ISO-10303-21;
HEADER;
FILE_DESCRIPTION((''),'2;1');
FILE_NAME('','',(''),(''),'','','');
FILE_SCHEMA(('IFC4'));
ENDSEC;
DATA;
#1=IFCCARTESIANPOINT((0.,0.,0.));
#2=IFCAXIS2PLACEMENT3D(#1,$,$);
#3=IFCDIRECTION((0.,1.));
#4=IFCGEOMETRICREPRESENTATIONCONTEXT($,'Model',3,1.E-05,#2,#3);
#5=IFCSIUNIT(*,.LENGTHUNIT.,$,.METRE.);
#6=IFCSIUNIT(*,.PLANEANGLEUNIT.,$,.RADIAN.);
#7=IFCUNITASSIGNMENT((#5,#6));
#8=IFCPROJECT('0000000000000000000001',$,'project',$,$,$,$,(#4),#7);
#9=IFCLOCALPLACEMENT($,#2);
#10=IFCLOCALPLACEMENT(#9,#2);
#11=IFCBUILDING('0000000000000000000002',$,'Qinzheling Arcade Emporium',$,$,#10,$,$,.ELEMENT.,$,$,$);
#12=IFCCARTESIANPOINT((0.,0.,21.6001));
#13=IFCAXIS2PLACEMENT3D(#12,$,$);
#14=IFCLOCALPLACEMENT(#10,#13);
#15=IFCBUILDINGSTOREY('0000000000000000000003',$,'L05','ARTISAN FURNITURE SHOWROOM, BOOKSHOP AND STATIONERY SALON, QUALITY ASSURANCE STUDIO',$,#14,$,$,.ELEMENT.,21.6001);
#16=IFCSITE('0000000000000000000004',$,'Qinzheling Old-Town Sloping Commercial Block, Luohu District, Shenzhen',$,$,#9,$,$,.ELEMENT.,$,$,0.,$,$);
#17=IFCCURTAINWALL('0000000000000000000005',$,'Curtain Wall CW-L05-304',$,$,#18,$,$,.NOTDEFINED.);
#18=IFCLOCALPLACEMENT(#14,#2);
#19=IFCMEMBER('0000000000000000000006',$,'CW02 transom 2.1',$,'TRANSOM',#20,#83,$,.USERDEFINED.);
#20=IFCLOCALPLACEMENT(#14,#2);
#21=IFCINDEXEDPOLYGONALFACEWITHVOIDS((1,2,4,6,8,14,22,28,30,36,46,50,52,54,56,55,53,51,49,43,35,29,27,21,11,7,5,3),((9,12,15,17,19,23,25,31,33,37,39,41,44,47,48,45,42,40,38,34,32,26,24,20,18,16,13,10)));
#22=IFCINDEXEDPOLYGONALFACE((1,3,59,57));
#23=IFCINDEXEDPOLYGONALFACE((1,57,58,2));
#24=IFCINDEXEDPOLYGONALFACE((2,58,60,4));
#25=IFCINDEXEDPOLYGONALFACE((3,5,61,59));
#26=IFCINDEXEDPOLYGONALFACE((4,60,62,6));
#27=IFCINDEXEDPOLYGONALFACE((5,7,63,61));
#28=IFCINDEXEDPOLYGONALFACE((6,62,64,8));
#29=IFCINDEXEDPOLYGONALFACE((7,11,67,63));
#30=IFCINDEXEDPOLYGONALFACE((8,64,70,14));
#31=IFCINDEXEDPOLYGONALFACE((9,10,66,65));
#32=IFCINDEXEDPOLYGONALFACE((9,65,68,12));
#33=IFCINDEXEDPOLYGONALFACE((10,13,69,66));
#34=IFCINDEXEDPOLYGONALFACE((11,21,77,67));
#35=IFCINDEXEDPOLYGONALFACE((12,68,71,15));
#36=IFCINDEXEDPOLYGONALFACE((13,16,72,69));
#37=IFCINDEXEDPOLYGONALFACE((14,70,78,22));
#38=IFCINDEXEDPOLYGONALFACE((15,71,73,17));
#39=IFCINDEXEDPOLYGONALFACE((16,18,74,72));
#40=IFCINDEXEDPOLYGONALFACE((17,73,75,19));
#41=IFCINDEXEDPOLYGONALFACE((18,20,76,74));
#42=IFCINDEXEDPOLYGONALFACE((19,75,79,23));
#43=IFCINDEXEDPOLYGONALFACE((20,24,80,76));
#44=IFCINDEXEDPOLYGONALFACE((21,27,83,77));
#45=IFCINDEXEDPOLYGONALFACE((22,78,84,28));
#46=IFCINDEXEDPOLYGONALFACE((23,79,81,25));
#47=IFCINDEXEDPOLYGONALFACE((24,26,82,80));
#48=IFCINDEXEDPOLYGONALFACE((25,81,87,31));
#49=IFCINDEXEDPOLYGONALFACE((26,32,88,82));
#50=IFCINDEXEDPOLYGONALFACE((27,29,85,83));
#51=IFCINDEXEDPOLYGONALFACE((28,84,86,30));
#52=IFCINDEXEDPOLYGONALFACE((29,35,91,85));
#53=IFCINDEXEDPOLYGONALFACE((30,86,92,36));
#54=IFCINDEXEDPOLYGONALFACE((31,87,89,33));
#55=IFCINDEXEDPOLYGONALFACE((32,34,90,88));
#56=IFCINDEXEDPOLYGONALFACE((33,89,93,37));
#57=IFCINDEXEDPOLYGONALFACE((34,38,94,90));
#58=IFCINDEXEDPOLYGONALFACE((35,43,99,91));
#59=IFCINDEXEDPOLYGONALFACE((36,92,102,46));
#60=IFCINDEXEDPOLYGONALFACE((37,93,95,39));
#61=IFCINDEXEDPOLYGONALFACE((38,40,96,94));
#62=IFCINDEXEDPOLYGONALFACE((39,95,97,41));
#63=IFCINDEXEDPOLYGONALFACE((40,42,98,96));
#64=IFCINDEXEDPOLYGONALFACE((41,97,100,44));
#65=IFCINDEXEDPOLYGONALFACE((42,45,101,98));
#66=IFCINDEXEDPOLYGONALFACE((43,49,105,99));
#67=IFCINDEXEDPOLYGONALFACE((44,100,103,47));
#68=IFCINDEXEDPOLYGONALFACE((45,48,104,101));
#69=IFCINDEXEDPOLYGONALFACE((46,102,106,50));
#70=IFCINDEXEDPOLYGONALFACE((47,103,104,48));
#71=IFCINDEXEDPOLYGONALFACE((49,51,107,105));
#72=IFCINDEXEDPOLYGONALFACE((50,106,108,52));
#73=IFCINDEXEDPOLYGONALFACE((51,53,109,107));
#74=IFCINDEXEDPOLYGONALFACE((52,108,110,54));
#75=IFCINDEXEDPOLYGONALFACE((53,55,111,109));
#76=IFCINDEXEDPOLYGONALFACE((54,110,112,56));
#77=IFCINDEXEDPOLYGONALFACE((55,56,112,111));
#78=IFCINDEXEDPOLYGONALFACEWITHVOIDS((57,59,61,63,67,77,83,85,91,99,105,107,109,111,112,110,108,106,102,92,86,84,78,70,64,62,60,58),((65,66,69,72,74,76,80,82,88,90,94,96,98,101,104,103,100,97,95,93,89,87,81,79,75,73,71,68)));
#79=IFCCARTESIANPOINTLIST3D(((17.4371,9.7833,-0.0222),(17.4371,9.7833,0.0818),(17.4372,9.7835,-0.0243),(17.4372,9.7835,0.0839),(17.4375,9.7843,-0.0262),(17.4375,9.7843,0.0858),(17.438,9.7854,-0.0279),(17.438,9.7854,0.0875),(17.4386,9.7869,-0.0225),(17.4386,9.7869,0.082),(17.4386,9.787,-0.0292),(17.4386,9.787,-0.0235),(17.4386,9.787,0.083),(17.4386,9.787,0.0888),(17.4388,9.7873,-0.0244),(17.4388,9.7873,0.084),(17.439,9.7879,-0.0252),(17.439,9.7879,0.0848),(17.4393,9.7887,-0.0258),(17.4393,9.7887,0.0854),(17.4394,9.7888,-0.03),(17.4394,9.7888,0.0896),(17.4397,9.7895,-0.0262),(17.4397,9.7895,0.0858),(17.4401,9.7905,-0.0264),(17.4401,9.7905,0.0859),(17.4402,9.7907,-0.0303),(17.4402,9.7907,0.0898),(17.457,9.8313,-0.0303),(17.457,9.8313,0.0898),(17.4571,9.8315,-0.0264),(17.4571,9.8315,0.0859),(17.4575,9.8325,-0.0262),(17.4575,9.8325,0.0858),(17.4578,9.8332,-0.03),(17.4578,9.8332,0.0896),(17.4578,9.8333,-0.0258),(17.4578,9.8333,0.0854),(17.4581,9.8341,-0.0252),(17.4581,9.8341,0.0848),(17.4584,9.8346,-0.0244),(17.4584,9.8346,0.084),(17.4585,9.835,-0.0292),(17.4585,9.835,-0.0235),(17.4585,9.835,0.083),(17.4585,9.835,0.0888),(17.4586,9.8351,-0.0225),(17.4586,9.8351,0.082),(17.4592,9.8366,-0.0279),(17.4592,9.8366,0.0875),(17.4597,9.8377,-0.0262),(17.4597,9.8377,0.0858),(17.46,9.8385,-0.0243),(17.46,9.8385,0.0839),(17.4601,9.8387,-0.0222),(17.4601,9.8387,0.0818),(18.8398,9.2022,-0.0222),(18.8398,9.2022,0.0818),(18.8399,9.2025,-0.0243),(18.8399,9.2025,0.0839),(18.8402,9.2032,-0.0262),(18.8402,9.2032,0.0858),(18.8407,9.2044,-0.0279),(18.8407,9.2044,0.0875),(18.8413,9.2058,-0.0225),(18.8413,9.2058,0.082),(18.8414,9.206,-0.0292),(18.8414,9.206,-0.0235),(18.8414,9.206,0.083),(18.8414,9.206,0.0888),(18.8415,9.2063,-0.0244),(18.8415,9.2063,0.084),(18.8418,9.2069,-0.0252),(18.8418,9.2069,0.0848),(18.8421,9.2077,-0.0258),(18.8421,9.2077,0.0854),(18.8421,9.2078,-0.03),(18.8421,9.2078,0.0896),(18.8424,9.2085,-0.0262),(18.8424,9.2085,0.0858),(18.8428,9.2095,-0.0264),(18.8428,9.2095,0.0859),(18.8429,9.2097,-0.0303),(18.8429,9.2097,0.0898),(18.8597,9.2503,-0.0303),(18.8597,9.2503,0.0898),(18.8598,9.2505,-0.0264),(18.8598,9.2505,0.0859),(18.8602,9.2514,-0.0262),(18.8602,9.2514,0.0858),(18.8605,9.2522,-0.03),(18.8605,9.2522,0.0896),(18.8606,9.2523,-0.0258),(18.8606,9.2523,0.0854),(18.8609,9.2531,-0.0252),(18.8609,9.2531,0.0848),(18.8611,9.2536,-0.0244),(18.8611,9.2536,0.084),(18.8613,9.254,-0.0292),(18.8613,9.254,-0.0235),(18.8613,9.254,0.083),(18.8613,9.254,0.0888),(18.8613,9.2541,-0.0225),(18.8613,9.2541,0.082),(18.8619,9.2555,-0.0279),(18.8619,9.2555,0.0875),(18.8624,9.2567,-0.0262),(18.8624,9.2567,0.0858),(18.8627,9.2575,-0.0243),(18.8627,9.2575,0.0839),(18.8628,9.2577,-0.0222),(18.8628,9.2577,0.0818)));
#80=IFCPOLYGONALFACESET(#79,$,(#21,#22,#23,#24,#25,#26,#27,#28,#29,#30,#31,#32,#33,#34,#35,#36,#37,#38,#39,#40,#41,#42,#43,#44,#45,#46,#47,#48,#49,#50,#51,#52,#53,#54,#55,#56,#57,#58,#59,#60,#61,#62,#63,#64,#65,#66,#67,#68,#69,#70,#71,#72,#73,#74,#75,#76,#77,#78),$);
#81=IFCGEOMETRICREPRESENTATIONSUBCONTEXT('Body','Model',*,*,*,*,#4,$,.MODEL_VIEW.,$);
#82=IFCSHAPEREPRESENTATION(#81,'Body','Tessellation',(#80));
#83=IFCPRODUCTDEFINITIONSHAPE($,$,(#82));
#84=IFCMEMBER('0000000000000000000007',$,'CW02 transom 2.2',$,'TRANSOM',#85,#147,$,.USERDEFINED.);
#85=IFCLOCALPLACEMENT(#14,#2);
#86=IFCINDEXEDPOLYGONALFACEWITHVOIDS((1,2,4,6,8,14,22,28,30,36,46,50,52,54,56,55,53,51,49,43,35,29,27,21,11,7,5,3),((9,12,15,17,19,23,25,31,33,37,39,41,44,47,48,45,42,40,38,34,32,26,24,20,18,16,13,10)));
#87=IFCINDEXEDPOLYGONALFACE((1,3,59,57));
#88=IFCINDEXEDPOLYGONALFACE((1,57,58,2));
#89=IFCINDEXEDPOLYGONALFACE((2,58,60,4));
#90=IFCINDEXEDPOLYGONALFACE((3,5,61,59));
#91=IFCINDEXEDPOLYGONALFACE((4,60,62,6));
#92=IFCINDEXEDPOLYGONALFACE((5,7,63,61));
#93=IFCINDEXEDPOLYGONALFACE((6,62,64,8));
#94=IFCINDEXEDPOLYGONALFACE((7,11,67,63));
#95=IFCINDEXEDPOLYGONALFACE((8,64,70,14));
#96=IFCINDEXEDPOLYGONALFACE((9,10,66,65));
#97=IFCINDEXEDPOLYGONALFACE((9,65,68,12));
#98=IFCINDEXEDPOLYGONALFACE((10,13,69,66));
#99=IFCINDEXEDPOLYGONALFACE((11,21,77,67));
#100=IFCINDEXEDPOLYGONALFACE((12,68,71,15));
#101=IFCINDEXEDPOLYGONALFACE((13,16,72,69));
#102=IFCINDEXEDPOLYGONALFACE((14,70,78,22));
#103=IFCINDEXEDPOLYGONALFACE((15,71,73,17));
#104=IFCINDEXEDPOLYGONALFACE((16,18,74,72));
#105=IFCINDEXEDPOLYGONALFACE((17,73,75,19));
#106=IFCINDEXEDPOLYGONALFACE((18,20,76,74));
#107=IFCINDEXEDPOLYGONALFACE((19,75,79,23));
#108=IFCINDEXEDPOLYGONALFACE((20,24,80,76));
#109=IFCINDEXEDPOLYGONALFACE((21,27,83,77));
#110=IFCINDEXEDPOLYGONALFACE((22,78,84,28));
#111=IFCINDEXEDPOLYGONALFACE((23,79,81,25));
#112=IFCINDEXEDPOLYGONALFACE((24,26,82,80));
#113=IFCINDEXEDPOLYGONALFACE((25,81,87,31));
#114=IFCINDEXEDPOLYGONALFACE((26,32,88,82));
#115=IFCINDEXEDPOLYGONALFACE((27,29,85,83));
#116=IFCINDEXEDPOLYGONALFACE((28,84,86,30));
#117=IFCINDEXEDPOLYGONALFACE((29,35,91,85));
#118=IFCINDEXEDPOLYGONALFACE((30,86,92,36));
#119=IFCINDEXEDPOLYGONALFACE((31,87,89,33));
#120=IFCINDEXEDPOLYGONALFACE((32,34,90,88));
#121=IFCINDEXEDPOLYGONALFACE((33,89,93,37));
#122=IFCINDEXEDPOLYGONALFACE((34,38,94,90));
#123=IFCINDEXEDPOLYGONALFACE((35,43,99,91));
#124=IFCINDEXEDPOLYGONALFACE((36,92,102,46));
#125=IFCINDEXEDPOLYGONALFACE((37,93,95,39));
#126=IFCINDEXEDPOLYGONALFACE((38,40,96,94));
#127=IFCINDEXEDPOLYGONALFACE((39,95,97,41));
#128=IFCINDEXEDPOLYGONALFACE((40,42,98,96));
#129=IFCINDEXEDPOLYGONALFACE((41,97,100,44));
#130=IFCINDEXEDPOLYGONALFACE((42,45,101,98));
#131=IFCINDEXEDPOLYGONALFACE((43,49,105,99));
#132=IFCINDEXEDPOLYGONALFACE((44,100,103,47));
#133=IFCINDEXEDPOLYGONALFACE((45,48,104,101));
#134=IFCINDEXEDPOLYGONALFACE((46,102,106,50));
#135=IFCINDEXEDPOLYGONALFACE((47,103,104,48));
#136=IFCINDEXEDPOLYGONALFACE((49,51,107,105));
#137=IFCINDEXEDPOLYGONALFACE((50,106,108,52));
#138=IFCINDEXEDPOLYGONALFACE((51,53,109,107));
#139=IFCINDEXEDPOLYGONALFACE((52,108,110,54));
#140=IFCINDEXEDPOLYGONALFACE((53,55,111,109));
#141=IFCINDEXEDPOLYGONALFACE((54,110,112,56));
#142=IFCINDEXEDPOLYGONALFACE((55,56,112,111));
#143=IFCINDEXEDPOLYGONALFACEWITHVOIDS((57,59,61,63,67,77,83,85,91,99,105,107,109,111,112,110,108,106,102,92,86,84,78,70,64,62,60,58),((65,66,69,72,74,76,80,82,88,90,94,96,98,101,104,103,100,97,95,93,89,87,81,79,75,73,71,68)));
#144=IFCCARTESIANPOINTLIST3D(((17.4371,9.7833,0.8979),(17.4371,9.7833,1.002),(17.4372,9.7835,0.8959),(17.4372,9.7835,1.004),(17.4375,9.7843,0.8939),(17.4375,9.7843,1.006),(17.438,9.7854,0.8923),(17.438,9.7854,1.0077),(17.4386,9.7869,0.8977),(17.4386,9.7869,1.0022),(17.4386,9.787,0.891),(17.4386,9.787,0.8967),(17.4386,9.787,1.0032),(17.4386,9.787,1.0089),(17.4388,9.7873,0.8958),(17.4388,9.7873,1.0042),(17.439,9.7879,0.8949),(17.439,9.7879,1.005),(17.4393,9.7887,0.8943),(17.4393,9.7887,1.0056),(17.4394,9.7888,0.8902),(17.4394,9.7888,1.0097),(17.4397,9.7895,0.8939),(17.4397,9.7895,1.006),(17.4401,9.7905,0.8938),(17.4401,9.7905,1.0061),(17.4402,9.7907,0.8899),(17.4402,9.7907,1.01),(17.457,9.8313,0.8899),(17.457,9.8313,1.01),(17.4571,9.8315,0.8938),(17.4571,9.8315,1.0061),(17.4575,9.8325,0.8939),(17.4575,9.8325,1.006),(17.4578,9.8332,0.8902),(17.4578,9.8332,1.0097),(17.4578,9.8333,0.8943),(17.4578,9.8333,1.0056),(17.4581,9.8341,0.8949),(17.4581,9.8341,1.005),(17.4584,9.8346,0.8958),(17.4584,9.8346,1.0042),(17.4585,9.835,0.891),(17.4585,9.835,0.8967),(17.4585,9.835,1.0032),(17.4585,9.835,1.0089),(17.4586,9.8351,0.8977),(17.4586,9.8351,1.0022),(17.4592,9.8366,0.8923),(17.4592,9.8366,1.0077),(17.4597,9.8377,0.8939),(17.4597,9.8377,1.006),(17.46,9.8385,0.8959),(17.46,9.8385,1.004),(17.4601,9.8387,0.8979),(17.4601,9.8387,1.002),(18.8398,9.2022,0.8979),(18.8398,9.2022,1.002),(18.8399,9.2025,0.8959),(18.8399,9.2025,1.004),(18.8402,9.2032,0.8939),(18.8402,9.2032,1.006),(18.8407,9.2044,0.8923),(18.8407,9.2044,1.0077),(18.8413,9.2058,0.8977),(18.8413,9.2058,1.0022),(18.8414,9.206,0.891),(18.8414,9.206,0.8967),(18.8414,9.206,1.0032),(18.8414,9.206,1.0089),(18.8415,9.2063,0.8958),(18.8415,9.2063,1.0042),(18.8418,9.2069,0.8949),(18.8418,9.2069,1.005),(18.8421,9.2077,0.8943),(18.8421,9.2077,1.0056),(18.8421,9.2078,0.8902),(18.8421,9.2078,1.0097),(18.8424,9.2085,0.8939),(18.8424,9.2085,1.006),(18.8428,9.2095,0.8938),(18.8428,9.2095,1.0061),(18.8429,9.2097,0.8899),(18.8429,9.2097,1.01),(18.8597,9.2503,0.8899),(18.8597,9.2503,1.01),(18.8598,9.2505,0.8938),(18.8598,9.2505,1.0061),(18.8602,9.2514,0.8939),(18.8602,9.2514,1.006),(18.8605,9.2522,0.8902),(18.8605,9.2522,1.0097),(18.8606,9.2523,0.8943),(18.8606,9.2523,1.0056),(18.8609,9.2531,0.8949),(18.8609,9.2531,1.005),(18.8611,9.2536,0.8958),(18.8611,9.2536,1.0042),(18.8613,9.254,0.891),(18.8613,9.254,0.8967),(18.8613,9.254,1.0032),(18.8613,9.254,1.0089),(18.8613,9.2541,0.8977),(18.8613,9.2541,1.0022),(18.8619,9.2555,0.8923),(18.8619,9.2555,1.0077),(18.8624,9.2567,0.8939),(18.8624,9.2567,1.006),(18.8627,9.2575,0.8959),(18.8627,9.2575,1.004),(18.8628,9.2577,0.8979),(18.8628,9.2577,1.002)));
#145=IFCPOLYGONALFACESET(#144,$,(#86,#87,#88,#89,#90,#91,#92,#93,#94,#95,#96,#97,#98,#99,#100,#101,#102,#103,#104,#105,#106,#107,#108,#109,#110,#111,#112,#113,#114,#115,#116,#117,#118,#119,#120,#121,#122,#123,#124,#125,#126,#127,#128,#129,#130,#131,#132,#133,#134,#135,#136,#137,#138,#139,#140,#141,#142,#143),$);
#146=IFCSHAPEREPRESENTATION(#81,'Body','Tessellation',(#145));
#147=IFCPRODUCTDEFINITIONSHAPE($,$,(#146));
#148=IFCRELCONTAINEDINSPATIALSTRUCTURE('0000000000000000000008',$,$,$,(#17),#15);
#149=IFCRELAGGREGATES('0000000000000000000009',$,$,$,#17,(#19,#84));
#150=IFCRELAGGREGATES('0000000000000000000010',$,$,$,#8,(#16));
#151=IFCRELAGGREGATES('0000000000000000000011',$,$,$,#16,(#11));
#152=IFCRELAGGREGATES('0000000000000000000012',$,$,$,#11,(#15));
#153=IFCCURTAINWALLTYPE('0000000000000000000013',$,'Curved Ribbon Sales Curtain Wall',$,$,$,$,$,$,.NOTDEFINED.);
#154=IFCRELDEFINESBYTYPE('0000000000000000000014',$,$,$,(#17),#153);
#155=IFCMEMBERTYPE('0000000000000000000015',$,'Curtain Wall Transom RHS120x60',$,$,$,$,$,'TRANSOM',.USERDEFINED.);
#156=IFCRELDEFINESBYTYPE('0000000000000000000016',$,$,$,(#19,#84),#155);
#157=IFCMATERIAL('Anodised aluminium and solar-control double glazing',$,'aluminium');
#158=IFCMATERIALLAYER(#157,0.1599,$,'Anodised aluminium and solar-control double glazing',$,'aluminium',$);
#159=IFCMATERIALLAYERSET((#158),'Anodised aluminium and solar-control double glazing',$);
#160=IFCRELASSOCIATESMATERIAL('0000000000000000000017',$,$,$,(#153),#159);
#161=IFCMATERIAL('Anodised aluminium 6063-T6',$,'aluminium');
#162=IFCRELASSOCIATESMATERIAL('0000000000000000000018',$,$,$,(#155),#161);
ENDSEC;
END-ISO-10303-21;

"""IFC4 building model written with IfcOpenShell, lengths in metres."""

from ifc_helpers import new_model, si_unit, direction, frame, origin, origin_2d, place, context, subcontext, project, spatial, hollow_rectangle, extrude, material, layer, layer_set, material_profile, profile_set, type_object, element, aggregate, save


model = new_model("IFC4")

# Units and contexts
model_context = context("Model", 3, precision=1e-05, world=origin(), true_north=direction((0.0, 1.0)))
body_context = subcontext(model_context, "Body", "Model", "MODEL_VIEW")
ifc_project = project(units=[si_unit("LENGTHUNIT", "METRE"), si_unit("PLANEANGLEUNIT", "RADIAN")], contexts=[model_context])

# Site, building, storey
site_placement = place(None, origin())
site = spatial("IfcSite", under=ifc_project, at=site_placement, Name="Qinzheling Old-Town Sloping Commercial Block, Luohu District, Shenzhen", CompositionType="ELEMENT", RefElevation=0.0)
building_placement = place(site_placement, origin())
building = spatial("IfcBuilding", under=site, at=building_placement, Name="Qinzheling Arcade Emporium", CompositionType="ELEMENT")
storey_placement = place(building_placement, frame((0.0, 0.0, 21.6001)))
storey = spatial("IfcBuildingStorey", under=building, at=storey_placement, Name="L05", Description="ARTISAN FURNITURE SHOWROOM, BOOKSHOP AND STATIONERY SALON, QUALITY ASSURANCE STUDIO", CompositionType="ELEMENT", Elevation=21.6001)

# Curtain wall
ifc_material_1 = material(Name="Anodised aluminium and solar-control double glazing", Category="aluminium")
ifc_layer_1 = layer(ifc_material_1, 0.1599, Name="Anodised aluminium and solar-control double glazing", Category="aluminium")
ifc_layer_set_1 = layer_set([ifc_layer_1], Name="Anodised aluminium and solar-control double glazing")
curtain_wall_type = type_object("IfcCurtainWallType", Name="Curved Ribbon Sales Curtain Wall", PredefinedType="NOTDEFINED", material=ifc_layer_set_1)
ifc_material_2 = material(Name="Anodised aluminium 6063-T6", Category="aluminium")
curtain_wall_1_placement = place(storey_placement, origin())
curtain_wall_1 = element("IfcCurtainWall", 1, at=curtain_wall_1_placement, inside=storey, type_object=curtain_wall_type, Name="Curtain Wall CW-L05-304", PredefinedType="NOTDEFINED")

# Members
ifc_material_profile_1 = material_profile(ifc_material_2, hollow_rectangle(XDim=0.0601, YDim=0.1201, WallThickness=0.0039, InnerFilletRadius=0.0039, OuterFilletRadius=0.0081, at=origin_2d()), Name="RHS 120x60x4", Category="aluminium")
ifc_profile_set_1 = profile_set([ifc_material_profile_1], Name="Anodised aluminium 6063-T6")
member_type_1 = type_object("IfcMemberType", Name="Curtain Wall Transom RHS120x60", ElementType="TRANSOM", PredefinedType="USERDEFINED", material=ifc_profile_set_1)
member_1_placement = place(storey_placement, frame((18.8513, 9.23, 0.0298), z_axis=(-0.923884, 0.382674, 0.0), x_axis=(-0.382674, -0.923884, 0.0)))
member_1 = element("IfcMember", 2, at=member_1_placement, type_object=member_type_1, Name="CW02 transom 2.1", ObjectType="TRANSOM", PredefinedType="USERDEFINED", context=body_context, shape_type="SweptSolid", body=[
    extrude(hollow_rectangle(XDim=0.0601, YDim=0.1201, WallThickness=0.0039, InnerFilletRadius=0.0039, OuterFilletRadius=0.0081, at=origin_2d()), origin(), (0.0, 0.0, 1.0), 1.5183),
])
member_2_placement = place(storey_placement, frame((18.8513, 9.23, 0.95), z_axis=(-0.923884, 0.382674, 0.0), x_axis=(-0.382674, -0.923884, 0.0)))
member_2 = element("IfcMember", 3, at=member_2_placement, type_object=member_type_1, Name="CW02 transom 2.2", ObjectType="TRANSOM", PredefinedType="USERDEFINED", context=body_context, shape_type="SweptSolid", body=[
    extrude(hollow_rectangle(XDim=0.0601, YDim=0.1201, WallThickness=0.0039, InnerFilletRadius=0.0039, OuterFilletRadius=0.0081, at=origin_2d()), origin(), (0.0, 0.0, 1.0), 1.5183),
])

aggregate(curtain_wall_1, [member_1, member_2])

save(model, "model.ifc")
